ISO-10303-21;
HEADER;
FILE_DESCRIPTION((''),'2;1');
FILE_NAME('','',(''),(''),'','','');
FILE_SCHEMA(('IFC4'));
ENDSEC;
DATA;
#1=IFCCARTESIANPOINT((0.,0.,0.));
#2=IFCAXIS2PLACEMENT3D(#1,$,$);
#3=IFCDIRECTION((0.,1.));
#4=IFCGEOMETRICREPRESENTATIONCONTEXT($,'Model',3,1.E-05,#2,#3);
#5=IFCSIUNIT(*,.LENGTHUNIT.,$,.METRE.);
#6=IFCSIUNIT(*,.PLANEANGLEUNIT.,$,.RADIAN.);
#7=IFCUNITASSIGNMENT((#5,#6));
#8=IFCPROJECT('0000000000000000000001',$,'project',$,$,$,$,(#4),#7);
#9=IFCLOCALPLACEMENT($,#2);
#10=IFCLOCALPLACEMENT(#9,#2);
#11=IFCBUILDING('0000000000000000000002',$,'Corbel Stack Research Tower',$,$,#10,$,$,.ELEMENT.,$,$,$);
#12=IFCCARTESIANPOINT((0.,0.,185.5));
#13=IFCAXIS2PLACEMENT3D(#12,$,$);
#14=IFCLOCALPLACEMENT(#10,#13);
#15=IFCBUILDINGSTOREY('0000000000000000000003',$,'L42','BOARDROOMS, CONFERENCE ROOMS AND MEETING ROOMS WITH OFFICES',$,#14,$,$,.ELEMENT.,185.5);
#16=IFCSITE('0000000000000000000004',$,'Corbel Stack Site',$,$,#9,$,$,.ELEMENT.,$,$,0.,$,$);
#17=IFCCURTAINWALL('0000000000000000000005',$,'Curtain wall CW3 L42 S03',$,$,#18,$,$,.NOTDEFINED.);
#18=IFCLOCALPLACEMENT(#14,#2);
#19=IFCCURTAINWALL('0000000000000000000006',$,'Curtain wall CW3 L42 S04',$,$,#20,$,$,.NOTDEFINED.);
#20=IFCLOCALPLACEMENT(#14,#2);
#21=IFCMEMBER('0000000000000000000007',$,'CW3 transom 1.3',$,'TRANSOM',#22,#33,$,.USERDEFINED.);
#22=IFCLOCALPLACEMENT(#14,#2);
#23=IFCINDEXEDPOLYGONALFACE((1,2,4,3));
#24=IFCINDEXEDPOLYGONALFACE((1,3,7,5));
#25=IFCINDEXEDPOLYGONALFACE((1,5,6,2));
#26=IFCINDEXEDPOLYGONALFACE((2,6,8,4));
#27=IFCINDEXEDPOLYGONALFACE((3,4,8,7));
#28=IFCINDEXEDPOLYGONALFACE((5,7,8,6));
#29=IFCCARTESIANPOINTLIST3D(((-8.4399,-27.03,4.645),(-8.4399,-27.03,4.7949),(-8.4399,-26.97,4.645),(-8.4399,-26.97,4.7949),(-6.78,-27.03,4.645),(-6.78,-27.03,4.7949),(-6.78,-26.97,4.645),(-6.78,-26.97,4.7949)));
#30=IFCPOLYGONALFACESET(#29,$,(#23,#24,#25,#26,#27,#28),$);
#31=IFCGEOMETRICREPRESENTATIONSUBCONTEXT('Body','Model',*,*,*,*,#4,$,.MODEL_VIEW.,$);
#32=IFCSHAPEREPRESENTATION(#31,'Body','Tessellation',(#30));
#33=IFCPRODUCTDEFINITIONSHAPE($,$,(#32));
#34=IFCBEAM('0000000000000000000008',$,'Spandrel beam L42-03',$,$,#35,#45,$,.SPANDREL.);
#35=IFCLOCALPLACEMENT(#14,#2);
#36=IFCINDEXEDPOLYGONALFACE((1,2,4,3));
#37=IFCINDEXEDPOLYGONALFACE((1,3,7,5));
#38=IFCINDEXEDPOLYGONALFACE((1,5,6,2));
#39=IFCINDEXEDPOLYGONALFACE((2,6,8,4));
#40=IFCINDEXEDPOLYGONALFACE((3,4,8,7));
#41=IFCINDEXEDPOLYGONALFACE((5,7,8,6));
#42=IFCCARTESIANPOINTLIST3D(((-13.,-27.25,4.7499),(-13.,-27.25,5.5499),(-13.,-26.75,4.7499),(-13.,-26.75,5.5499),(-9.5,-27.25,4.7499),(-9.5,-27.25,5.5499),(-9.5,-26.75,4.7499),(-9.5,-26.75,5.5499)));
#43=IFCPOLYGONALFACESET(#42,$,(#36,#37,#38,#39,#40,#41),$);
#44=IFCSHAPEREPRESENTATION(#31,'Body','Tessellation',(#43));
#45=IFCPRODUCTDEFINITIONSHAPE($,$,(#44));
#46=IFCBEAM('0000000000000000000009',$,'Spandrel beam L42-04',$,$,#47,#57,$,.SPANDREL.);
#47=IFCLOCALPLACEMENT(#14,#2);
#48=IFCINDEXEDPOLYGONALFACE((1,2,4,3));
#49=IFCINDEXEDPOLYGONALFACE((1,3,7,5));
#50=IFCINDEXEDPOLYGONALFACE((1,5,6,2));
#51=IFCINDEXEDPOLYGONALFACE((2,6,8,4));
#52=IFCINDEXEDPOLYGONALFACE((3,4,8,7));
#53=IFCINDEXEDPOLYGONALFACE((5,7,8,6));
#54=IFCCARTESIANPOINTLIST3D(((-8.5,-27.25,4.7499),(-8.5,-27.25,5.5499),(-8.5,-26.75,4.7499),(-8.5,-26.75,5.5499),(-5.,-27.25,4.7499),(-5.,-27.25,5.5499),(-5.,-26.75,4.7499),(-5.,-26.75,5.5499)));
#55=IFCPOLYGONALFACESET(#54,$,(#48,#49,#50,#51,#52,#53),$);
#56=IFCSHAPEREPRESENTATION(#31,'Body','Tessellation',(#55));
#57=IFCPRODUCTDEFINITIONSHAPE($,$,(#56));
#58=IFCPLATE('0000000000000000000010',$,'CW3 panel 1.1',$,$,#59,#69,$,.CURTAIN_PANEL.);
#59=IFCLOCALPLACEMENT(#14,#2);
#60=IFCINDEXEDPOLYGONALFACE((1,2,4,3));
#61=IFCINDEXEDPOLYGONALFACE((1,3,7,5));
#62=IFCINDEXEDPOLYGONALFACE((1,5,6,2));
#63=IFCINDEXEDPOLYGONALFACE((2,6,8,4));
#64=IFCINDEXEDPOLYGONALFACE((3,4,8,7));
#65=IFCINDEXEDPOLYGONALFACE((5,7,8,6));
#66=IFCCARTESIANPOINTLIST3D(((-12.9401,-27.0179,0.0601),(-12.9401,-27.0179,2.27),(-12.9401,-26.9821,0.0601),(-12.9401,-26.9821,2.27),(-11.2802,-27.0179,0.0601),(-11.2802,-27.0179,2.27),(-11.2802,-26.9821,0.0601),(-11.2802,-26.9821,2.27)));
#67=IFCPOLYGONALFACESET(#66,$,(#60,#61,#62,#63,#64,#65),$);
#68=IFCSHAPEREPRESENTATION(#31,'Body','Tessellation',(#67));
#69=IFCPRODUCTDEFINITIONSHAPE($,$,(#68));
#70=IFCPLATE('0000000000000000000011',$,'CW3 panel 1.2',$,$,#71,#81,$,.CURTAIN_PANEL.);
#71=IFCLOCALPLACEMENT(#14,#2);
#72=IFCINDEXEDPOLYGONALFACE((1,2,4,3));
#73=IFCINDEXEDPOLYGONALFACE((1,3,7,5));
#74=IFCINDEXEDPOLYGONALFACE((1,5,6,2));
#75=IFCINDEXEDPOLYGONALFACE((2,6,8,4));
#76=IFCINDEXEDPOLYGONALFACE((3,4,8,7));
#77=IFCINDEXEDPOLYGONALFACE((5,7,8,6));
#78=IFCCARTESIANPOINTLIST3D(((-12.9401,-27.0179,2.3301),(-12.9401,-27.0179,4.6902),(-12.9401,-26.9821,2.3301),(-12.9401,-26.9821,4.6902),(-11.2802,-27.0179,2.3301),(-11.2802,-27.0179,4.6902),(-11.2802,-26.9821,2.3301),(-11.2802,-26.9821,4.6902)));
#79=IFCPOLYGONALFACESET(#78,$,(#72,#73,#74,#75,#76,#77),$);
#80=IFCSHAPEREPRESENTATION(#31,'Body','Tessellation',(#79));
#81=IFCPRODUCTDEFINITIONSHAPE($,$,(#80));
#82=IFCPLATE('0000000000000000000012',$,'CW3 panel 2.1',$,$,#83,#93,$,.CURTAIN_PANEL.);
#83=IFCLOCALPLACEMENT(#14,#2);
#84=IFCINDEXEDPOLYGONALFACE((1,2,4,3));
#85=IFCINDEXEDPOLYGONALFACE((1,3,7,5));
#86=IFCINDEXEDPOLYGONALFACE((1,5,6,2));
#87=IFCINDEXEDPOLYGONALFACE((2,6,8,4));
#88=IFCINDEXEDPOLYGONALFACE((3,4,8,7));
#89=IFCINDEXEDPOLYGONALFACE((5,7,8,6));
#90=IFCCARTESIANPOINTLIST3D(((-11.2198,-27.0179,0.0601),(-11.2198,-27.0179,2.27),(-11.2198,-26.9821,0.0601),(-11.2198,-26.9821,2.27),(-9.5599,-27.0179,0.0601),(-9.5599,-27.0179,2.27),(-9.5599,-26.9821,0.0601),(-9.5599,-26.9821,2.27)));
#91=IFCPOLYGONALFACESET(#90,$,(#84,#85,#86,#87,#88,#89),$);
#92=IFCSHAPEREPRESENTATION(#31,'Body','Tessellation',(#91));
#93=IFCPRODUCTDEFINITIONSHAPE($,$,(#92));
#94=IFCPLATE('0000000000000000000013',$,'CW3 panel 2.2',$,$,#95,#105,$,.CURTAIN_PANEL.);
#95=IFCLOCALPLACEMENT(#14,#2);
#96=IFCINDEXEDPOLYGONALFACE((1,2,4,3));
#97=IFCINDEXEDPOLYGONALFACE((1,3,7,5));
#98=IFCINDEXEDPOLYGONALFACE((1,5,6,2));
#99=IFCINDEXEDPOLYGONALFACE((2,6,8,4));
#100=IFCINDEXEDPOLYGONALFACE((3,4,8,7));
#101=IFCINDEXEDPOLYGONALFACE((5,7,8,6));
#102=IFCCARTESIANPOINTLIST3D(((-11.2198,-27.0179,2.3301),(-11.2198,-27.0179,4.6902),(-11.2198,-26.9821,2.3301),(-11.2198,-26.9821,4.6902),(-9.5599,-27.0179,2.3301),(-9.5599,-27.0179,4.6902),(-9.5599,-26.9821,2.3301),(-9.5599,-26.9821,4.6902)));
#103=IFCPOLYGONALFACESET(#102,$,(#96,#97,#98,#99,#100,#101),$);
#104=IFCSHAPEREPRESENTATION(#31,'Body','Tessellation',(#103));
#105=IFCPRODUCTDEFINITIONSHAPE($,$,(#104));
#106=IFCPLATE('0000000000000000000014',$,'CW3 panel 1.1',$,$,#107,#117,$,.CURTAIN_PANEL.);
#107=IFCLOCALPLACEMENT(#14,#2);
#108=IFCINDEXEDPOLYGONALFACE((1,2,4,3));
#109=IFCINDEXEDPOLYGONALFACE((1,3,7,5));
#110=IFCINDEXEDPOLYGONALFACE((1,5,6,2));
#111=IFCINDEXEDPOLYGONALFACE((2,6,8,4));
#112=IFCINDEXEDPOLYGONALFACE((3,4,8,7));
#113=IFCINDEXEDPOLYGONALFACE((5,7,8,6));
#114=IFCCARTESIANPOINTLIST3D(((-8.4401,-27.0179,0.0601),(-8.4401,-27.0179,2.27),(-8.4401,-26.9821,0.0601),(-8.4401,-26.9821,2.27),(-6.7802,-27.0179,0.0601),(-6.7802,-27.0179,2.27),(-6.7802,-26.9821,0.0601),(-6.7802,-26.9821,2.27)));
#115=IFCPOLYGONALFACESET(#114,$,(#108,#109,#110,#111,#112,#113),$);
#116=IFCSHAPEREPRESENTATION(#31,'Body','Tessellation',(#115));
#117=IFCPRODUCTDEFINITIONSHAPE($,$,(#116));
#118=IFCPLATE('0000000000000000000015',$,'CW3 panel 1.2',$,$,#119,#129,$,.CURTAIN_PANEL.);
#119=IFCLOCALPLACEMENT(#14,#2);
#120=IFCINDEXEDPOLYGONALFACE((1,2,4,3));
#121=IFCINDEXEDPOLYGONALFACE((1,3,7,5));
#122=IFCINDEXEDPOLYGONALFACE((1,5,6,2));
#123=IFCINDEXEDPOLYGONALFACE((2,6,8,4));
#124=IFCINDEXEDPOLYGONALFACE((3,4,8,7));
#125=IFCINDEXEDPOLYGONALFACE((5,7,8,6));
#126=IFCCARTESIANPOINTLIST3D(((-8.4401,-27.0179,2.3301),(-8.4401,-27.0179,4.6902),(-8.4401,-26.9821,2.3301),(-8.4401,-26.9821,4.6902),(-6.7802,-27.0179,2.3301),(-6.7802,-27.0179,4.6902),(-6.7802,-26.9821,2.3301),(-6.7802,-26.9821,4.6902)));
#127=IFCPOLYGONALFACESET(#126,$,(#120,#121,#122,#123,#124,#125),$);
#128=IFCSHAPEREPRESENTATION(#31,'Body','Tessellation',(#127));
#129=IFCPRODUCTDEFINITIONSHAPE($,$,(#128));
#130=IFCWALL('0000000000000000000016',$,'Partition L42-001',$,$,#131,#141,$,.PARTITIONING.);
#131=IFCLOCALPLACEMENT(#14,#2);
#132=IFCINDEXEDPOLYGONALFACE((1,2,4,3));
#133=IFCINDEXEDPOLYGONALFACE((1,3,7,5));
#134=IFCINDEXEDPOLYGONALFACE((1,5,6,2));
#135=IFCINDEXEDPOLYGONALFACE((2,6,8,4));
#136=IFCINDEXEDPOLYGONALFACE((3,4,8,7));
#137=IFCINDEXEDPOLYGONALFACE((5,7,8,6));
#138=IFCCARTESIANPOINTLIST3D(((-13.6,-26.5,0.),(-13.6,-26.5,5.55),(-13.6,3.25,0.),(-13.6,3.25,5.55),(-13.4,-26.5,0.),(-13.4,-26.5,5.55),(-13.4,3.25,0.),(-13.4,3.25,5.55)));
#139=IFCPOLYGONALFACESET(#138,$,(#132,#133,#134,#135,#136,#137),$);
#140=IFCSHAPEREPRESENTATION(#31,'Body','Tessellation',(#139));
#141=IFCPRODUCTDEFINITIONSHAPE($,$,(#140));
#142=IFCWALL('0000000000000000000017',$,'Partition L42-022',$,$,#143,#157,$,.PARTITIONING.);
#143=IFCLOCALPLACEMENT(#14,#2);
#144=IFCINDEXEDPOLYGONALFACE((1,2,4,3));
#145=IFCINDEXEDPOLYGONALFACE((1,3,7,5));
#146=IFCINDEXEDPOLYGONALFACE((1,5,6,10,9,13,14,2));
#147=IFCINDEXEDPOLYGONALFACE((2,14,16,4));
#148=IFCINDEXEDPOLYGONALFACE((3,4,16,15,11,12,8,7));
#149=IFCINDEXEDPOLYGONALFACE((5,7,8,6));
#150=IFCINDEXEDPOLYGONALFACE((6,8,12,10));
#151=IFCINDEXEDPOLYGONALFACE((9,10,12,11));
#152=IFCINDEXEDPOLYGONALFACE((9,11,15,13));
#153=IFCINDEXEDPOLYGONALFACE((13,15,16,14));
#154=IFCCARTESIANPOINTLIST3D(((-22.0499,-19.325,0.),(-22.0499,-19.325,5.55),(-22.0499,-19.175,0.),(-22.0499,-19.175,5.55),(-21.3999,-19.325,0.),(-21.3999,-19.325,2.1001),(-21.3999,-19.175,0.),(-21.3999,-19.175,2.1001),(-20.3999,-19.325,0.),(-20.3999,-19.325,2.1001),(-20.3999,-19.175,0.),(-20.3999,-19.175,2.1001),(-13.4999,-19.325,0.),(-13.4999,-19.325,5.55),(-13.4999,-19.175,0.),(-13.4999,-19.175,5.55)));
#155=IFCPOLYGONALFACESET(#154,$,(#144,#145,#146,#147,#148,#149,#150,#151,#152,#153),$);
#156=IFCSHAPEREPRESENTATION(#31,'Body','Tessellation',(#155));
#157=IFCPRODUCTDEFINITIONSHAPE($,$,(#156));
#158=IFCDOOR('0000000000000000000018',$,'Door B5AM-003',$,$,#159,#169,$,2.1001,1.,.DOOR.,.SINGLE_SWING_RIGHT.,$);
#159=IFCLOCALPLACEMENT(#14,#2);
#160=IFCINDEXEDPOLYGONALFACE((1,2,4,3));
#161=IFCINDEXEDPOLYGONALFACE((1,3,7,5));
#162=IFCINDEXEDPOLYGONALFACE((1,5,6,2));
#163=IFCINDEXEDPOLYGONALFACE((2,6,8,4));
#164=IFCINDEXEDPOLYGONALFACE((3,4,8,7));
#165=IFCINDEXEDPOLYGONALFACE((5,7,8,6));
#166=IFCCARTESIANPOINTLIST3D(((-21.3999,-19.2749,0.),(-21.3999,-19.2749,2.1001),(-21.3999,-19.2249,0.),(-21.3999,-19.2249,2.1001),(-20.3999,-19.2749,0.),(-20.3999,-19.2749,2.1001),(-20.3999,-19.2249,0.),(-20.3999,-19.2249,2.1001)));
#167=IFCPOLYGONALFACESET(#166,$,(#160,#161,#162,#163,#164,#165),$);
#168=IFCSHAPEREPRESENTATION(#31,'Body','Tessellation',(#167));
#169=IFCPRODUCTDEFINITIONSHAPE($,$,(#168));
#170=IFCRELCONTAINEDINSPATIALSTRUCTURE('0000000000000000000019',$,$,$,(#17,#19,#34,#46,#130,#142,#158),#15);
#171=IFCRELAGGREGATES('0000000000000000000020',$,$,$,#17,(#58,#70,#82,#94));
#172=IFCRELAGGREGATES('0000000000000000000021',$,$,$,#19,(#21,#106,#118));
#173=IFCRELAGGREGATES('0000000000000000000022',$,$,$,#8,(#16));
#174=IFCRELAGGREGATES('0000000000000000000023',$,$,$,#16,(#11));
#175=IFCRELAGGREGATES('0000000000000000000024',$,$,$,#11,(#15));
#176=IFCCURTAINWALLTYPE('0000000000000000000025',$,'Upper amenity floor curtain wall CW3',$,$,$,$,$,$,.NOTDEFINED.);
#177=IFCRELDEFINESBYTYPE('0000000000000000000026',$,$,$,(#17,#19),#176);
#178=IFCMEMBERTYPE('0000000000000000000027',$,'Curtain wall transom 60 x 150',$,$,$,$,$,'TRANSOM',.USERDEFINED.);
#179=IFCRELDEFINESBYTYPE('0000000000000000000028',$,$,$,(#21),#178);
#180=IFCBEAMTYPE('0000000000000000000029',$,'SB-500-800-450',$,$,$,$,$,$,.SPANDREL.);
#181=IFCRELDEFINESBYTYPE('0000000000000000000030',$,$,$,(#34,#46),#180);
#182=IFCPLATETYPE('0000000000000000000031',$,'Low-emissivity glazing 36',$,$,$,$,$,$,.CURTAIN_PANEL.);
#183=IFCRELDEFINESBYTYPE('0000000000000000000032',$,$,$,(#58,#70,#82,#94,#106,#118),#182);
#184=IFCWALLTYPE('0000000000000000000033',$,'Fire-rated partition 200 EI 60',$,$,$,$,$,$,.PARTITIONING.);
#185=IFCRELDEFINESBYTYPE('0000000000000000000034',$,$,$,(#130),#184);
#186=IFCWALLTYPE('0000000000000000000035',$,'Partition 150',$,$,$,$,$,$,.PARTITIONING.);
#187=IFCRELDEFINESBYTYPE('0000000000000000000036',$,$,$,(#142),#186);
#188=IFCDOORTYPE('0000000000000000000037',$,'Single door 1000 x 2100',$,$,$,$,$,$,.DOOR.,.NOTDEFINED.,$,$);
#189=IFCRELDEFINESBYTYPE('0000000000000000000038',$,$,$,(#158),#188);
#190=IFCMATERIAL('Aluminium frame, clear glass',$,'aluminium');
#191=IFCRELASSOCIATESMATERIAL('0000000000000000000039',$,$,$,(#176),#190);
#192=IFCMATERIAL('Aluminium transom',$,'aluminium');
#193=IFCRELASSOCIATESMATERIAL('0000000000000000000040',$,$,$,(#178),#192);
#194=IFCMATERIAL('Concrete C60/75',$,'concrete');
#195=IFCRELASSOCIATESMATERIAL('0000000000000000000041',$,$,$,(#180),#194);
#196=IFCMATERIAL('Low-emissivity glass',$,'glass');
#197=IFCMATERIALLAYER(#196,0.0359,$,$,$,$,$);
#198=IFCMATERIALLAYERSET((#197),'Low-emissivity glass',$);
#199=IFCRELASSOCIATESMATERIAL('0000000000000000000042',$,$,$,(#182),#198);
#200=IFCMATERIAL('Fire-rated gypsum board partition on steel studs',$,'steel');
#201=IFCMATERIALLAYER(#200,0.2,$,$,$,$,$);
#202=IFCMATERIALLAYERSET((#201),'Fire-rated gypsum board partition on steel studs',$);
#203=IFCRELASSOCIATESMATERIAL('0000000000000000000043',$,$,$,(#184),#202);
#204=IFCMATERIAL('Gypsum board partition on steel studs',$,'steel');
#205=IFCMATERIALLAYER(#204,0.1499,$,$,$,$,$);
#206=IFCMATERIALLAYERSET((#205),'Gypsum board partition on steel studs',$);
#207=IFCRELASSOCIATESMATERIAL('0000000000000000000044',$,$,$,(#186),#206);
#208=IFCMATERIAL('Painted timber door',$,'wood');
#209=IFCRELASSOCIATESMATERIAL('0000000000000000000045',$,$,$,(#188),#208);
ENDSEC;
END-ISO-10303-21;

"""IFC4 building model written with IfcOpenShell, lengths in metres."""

from ifc_helpers import new_model, si_unit, direction, frame, frame_2d, origin, origin_2d, place, context, subcontext, project, spatial, rectangle, extrude, material, layer, layer_set, material_profile, profile_set, type_object, element, fill, aggregate, save


model = new_model("IFC4")

# Units and contexts
model_context = context("Model", 3, precision=1e-05, world=origin(), true_north=direction((0.0, 1.0)))
body_context = subcontext(model_context, "Body", "Model", "MODEL_VIEW")
ifc_project = project(units=[si_unit("LENGTHUNIT", "METRE"), si_unit("PLANEANGLEUNIT", "RADIAN")], contexts=[model_context])

# Site, building, storey
site_placement = place(None, origin())
site = spatial("IfcSite", under=ifc_project, at=site_placement, Name="Corbel Stack Site", CompositionType="ELEMENT", RefElevation=0.0)
building_placement = place(site_placement, origin())
building = spatial("IfcBuilding", under=site, at=building_placement, Name="Corbel Stack Research Tower", CompositionType="ELEMENT")
storey_placement = place(building_placement, frame((0.0, 0.0, 185.5)))
storey = spatial("IfcBuildingStorey", under=building, at=storey_placement, Name="L42", Description="BOARDROOMS, CONFERENCE ROOMS AND MEETING ROOMS WITH OFFICES", CompositionType="ELEMENT", Elevation=185.5)

# Curtain wall
ifc_material_1 = material(Name="Aluminium frame, clear glass", Category="aluminium")
curtain_wall_type = type_object("IfcCurtainWallType", Name="Upper amenity floor curtain wall CW3", PredefinedType="NOTDEFINED", material=ifc_material_1)
curtain_wall_1_placement = place(storey_placement, origin())
curtain_wall_1 = element("IfcCurtainWall", 1, at=curtain_wall_1_placement, inside=storey, type_object=curtain_wall_type, Name="Curtain wall CW3 L42 S03", PredefinedType="NOTDEFINED")

# Curtain wall
curtain_wall_2_placement = place(storey_placement, origin())
curtain_wall_2 = element("IfcCurtainWall", 2, at=curtain_wall_2_placement, inside=storey, type_object=curtain_wall_type, Name="Curtain wall CW3 L42 S04", PredefinedType="NOTDEFINED")

# Member
ifc_material_2 = material(Name="Aluminium transom", Category="aluminium")
ifc_material_profile_1 = material_profile(ifc_material_2, rectangle(XDim=0.0601, YDim=0.1499, at=origin_2d()), Name="Transom 60 x 150")
ifc_profile_set_1 = profile_set([ifc_material_profile_1], Name="Aluminium transom")
member_type_1 = type_object("IfcMemberType", Name="Curtain wall transom 60 x 150", ElementType="TRANSOM", PredefinedType="USERDEFINED", material=ifc_profile_set_1)
member_1_placement = place(storey_placement, frame((-8.4399, -27.0, 4.72), z_axis=(1.0, 0.0, 0.0), x_axis=(0.0, 1.0, 0.0)))
member_1 = element("IfcMember", 3, at=member_1_placement, type_object=member_type_1, Name="CW3 transom 1.3", ObjectType="TRANSOM", PredefinedType="USERDEFINED", context=body_context, shape_type="SweptSolid", body=[
    extrude(rectangle(XDim=0.0601, YDim=0.1499, at=origin_2d()), origin(), (0.0, 0.0, 1.0), 1.6599),
])

# Beams
ifc_material_3 = material(Name="Concrete C60/75", Category="concrete")
ifc_material_profile_2 = material_profile(ifc_material_3, rectangle(XDim=0.5, YDim=0.8, at=origin_2d()), Name="RC 500 x 800")
ifc_profile_set_2 = profile_set([ifc_material_profile_2], Name="Concrete C60/75")
beam_type = type_object("IfcBeamType", Name="SB-500-800-450", PredefinedType="SPANDREL", material=ifc_profile_set_2)
for number, where, z_axis, x_axis, name in (
    (4, (-13.0, -27.0, 5.1499), (1.0, 0.0, 0.0), (0.0, 1.0, 0.0), "Spandrel beam L42-03"),
    (5, (-8.5, -27.0, 5.1499), (1.0, 0.0, 0.0), (0.0, 1.0, 0.0), "Spandrel beam L42-04"),
):
    element("IfcBeam", number, at=place(storey_placement, frame(where, z_axis=z_axis, x_axis=x_axis)), inside=storey, type_object=beam_type, Name=name, PredefinedType="SPANDREL", context=body_context, shape_type="SweptSolid", body=[
        extrude(rectangle(XDim=0.5, YDim=0.8, at=origin_2d()), origin(), (0.0, 0.0, 1.0), 3.5),
    ])

# Plates
ifc_material_4 = material(Name="Low-emissivity glass", Category="glass")
ifc_layer_1 = layer(ifc_material_4, 0.0359)
ifc_layer_set_1 = layer_set([ifc_layer_1], Name="Low-emissivity glass")
plate_type = type_object("IfcPlateType", Name="Low-emissivity glazing 36", PredefinedType="CURTAIN_PANEL", material=ifc_layer_set_1)
plate_1_placement = place(storey_placement, frame((-12.1101, -27.0, 0.0601), z_axis=(0.0, 0.0, 1.0), x_axis=(1.0, 0.0, 0.0)))
plate_1 = element("IfcPlate", 6, at=plate_1_placement, type_object=plate_type, Name="CW3 panel 1.1", PredefinedType="CURTAIN_PANEL", context=body_context, shape_type="SweptSolid", body=[
    extrude(rectangle(XDim=1.6599, YDim=0.0359, at=origin_2d()), origin(), (0.0, 0.0, 1.0), 2.21),
])
plate_2_placement = place(storey_placement, frame((-12.1101, -27.0, 2.3301), z_axis=(0.0, 0.0, 1.0), x_axis=(1.0, 0.0, 0.0)))
plate_2 = element("IfcPlate", 7, at=plate_2_placement, type_object=plate_type, Name="CW3 panel 1.2", PredefinedType="CURTAIN_PANEL", context=body_context, shape_type="SweptSolid", body=[
    extrude(rectangle(XDim=1.6599, YDim=0.0359, at=origin_2d()), origin(), (0.0, 0.0, 1.0), 2.3601),
])
plate_3_placement = place(storey_placement, frame((-10.3899, -27.0, 0.0601), z_axis=(0.0, 0.0, 1.0), x_axis=(1.0, 0.0, 0.0)))
plate_3 = element("IfcPlate", 8, at=plate_3_placement, type_object=plate_type, Name="CW3 panel 2.1", PredefinedType="CURTAIN_PANEL", context=body_context, shape_type="SweptSolid", body=[
    extrude(rectangle(XDim=1.6599, YDim=0.0359, at=origin_2d()), origin(), (0.0, 0.0, 1.0), 2.21),
])
plate_4_placement = place(storey_placement, frame((-10.3899, -27.0, 2.3301), z_axis=(0.0, 0.0, 1.0), x_axis=(1.0, 0.0, 0.0)))
plate_4 = element("IfcPlate", 9, at=plate_4_placement, type_object=plate_type, Name="CW3 panel 2.2", PredefinedType="CURTAIN_PANEL", context=body_context, shape_type="SweptSolid", body=[
    extrude(rectangle(XDim=1.6599, YDim=0.0359, at=origin_2d()), origin(), (0.0, 0.0, 1.0), 2.3601),
])
aggregate(curtain_wall_1, [plate_1, plate_2, plate_3, plate_4])
plate_5_placement = place(storey_placement, frame((-7.6101, -27.0, 0.0601), z_axis=(0.0, 0.0, 1.0), x_axis=(1.0, 0.0, 0.0)))
plate_5 = element("IfcPlate", 10, at=plate_5_placement, type_object=plate_type, Name="CW3 panel 1.1", PredefinedType="CURTAIN_PANEL", context=body_context, shape_type="SweptSolid", body=[
    extrude(rectangle(XDim=1.6599, YDim=0.0359, at=origin_2d()), origin(), (0.0, 0.0, 1.0), 2.21),
])
plate_6_placement = place(storey_placement, frame((-7.6101, -27.0, 2.3301), z_axis=(0.0, 0.0, 1.0), x_axis=(1.0, 0.0, 0.0)))
plate_6 = element("IfcPlate", 11, at=plate_6_placement, type_object=plate_type, Name="CW3 panel 1.2", PredefinedType="CURTAIN_PANEL", context=body_context, shape_type="SweptSolid", body=[
    extrude(rectangle(XDim=1.6599, YDim=0.0359, at=origin_2d()), origin(), (0.0, 0.0, 1.0), 2.3601),
])
aggregate(curtain_wall_2, [member_1, plate_5, plate_6])

# Wall
ifc_material_5 = material(Name="Fire-rated gypsum board partition on steel studs", Category="steel")
ifc_layer_2 = layer(ifc_material_5, 0.2)
ifc_layer_set_2 = layer_set([ifc_layer_2], Name="Fire-rated gypsum board partition on steel studs")
wall_type_1 = type_object("IfcWallType", Name="Fire-rated partition 200 EI 60", PredefinedType="PARTITIONING", material=ifc_layer_set_2)
wall_1_placement = place(storey_placement, frame((-13.5, -26.5, 0.0), z_axis=(0.0, 0.0, 1.0), x_axis=(0.0, 1.0, 0.0)))
element("IfcWall", 12, at=wall_1_placement, inside=storey, type_object=wall_type_1, Name="Partition L42-001", PredefinedType="PARTITIONING", context=body_context, shape_type="SweptSolid", body=[
    extrude(rectangle(XDim=29.75, YDim=0.2, at=frame_2d((14.875, 0.0))), origin(), (0.0, 0.0, 1.0), 5.55),
])

# Wall, opening, door
ifc_material_6 = material(Name="Gypsum board partition on steel studs", Category="steel")
ifc_layer_3 = layer(ifc_material_6, 0.1499)
ifc_layer_set_3 = layer_set([ifc_layer_3], Name="Gypsum board partition on steel studs")
wall_type_2 = type_object("IfcWallType", Name="Partition 150", PredefinedType="PARTITIONING", material=ifc_layer_set_3)
wall_2_placement = place(storey_placement, frame((-13.5, -19.25, 0.0), z_axis=(0.0, 0.0, 1.0), x_axis=(-1.0, 0.0, 0.0)))
wall_2 = element("IfcWall", 13, at=wall_2_placement, inside=storey, type_object=wall_type_2, Name="Partition L42-022", PredefinedType="PARTITIONING", context=body_context, shape_type="SweptSolid", body=[
    extrude(rectangle(XDim=8.55, YDim=0.1499, at=frame_2d((4.2749, 0.0))), origin(), (0.0, 0.0, 1.0), 5.55),
])
opening_placement = place(wall_2_placement, frame((6.8999, 0.0, 0.0)))
opening = element("IfcOpeningElement", 14, at=opening_placement, cuts=wall_2, PredefinedType="OPENING", context=body_context, shape_type="SweptSolid", body=[
    extrude(rectangle(XDim=1.0, YDim=2.1001, at=frame_2d((0.5, 1.05))), frame((0.0, 0.085, 0.0), z_axis=(0.0, -1.0, 0.0), x_axis=(1.0, 0.0, 0.0)), (0.0, 0.0, 1.0), 0.1699),
])
ifc_material_7 = material(Name="Painted timber door", Category="wood")
door_type = type_object("IfcDoorType", Name="Single door 1000 x 2100", OperationType="NOTDEFINED", PredefinedType="DOOR", material=ifc_material_7)
door_placement = place(opening_placement, origin())
door = element("IfcDoor", 15, at=door_placement, inside=storey, type_object=door_type, Name="Door B5AM-003", OperationType="SINGLE_SWING_RIGHT", OverallHeight=2.1001, OverallWidth=1.0, PredefinedType="DOOR", context=body_context, shape_type="SweptSolid", body=[
    extrude(rectangle(XDim=1.0, YDim=2.1001, at=frame_2d((0.5, 1.05))), frame((0.0, 0.0249, 0.0), z_axis=(0.0, -1.0, 0.0), x_axis=(1.0, 0.0, 0.0)), (0.0, 0.0, 1.0), 0.05),
])
fill(opening, door)

save(model, "model.ifc")
